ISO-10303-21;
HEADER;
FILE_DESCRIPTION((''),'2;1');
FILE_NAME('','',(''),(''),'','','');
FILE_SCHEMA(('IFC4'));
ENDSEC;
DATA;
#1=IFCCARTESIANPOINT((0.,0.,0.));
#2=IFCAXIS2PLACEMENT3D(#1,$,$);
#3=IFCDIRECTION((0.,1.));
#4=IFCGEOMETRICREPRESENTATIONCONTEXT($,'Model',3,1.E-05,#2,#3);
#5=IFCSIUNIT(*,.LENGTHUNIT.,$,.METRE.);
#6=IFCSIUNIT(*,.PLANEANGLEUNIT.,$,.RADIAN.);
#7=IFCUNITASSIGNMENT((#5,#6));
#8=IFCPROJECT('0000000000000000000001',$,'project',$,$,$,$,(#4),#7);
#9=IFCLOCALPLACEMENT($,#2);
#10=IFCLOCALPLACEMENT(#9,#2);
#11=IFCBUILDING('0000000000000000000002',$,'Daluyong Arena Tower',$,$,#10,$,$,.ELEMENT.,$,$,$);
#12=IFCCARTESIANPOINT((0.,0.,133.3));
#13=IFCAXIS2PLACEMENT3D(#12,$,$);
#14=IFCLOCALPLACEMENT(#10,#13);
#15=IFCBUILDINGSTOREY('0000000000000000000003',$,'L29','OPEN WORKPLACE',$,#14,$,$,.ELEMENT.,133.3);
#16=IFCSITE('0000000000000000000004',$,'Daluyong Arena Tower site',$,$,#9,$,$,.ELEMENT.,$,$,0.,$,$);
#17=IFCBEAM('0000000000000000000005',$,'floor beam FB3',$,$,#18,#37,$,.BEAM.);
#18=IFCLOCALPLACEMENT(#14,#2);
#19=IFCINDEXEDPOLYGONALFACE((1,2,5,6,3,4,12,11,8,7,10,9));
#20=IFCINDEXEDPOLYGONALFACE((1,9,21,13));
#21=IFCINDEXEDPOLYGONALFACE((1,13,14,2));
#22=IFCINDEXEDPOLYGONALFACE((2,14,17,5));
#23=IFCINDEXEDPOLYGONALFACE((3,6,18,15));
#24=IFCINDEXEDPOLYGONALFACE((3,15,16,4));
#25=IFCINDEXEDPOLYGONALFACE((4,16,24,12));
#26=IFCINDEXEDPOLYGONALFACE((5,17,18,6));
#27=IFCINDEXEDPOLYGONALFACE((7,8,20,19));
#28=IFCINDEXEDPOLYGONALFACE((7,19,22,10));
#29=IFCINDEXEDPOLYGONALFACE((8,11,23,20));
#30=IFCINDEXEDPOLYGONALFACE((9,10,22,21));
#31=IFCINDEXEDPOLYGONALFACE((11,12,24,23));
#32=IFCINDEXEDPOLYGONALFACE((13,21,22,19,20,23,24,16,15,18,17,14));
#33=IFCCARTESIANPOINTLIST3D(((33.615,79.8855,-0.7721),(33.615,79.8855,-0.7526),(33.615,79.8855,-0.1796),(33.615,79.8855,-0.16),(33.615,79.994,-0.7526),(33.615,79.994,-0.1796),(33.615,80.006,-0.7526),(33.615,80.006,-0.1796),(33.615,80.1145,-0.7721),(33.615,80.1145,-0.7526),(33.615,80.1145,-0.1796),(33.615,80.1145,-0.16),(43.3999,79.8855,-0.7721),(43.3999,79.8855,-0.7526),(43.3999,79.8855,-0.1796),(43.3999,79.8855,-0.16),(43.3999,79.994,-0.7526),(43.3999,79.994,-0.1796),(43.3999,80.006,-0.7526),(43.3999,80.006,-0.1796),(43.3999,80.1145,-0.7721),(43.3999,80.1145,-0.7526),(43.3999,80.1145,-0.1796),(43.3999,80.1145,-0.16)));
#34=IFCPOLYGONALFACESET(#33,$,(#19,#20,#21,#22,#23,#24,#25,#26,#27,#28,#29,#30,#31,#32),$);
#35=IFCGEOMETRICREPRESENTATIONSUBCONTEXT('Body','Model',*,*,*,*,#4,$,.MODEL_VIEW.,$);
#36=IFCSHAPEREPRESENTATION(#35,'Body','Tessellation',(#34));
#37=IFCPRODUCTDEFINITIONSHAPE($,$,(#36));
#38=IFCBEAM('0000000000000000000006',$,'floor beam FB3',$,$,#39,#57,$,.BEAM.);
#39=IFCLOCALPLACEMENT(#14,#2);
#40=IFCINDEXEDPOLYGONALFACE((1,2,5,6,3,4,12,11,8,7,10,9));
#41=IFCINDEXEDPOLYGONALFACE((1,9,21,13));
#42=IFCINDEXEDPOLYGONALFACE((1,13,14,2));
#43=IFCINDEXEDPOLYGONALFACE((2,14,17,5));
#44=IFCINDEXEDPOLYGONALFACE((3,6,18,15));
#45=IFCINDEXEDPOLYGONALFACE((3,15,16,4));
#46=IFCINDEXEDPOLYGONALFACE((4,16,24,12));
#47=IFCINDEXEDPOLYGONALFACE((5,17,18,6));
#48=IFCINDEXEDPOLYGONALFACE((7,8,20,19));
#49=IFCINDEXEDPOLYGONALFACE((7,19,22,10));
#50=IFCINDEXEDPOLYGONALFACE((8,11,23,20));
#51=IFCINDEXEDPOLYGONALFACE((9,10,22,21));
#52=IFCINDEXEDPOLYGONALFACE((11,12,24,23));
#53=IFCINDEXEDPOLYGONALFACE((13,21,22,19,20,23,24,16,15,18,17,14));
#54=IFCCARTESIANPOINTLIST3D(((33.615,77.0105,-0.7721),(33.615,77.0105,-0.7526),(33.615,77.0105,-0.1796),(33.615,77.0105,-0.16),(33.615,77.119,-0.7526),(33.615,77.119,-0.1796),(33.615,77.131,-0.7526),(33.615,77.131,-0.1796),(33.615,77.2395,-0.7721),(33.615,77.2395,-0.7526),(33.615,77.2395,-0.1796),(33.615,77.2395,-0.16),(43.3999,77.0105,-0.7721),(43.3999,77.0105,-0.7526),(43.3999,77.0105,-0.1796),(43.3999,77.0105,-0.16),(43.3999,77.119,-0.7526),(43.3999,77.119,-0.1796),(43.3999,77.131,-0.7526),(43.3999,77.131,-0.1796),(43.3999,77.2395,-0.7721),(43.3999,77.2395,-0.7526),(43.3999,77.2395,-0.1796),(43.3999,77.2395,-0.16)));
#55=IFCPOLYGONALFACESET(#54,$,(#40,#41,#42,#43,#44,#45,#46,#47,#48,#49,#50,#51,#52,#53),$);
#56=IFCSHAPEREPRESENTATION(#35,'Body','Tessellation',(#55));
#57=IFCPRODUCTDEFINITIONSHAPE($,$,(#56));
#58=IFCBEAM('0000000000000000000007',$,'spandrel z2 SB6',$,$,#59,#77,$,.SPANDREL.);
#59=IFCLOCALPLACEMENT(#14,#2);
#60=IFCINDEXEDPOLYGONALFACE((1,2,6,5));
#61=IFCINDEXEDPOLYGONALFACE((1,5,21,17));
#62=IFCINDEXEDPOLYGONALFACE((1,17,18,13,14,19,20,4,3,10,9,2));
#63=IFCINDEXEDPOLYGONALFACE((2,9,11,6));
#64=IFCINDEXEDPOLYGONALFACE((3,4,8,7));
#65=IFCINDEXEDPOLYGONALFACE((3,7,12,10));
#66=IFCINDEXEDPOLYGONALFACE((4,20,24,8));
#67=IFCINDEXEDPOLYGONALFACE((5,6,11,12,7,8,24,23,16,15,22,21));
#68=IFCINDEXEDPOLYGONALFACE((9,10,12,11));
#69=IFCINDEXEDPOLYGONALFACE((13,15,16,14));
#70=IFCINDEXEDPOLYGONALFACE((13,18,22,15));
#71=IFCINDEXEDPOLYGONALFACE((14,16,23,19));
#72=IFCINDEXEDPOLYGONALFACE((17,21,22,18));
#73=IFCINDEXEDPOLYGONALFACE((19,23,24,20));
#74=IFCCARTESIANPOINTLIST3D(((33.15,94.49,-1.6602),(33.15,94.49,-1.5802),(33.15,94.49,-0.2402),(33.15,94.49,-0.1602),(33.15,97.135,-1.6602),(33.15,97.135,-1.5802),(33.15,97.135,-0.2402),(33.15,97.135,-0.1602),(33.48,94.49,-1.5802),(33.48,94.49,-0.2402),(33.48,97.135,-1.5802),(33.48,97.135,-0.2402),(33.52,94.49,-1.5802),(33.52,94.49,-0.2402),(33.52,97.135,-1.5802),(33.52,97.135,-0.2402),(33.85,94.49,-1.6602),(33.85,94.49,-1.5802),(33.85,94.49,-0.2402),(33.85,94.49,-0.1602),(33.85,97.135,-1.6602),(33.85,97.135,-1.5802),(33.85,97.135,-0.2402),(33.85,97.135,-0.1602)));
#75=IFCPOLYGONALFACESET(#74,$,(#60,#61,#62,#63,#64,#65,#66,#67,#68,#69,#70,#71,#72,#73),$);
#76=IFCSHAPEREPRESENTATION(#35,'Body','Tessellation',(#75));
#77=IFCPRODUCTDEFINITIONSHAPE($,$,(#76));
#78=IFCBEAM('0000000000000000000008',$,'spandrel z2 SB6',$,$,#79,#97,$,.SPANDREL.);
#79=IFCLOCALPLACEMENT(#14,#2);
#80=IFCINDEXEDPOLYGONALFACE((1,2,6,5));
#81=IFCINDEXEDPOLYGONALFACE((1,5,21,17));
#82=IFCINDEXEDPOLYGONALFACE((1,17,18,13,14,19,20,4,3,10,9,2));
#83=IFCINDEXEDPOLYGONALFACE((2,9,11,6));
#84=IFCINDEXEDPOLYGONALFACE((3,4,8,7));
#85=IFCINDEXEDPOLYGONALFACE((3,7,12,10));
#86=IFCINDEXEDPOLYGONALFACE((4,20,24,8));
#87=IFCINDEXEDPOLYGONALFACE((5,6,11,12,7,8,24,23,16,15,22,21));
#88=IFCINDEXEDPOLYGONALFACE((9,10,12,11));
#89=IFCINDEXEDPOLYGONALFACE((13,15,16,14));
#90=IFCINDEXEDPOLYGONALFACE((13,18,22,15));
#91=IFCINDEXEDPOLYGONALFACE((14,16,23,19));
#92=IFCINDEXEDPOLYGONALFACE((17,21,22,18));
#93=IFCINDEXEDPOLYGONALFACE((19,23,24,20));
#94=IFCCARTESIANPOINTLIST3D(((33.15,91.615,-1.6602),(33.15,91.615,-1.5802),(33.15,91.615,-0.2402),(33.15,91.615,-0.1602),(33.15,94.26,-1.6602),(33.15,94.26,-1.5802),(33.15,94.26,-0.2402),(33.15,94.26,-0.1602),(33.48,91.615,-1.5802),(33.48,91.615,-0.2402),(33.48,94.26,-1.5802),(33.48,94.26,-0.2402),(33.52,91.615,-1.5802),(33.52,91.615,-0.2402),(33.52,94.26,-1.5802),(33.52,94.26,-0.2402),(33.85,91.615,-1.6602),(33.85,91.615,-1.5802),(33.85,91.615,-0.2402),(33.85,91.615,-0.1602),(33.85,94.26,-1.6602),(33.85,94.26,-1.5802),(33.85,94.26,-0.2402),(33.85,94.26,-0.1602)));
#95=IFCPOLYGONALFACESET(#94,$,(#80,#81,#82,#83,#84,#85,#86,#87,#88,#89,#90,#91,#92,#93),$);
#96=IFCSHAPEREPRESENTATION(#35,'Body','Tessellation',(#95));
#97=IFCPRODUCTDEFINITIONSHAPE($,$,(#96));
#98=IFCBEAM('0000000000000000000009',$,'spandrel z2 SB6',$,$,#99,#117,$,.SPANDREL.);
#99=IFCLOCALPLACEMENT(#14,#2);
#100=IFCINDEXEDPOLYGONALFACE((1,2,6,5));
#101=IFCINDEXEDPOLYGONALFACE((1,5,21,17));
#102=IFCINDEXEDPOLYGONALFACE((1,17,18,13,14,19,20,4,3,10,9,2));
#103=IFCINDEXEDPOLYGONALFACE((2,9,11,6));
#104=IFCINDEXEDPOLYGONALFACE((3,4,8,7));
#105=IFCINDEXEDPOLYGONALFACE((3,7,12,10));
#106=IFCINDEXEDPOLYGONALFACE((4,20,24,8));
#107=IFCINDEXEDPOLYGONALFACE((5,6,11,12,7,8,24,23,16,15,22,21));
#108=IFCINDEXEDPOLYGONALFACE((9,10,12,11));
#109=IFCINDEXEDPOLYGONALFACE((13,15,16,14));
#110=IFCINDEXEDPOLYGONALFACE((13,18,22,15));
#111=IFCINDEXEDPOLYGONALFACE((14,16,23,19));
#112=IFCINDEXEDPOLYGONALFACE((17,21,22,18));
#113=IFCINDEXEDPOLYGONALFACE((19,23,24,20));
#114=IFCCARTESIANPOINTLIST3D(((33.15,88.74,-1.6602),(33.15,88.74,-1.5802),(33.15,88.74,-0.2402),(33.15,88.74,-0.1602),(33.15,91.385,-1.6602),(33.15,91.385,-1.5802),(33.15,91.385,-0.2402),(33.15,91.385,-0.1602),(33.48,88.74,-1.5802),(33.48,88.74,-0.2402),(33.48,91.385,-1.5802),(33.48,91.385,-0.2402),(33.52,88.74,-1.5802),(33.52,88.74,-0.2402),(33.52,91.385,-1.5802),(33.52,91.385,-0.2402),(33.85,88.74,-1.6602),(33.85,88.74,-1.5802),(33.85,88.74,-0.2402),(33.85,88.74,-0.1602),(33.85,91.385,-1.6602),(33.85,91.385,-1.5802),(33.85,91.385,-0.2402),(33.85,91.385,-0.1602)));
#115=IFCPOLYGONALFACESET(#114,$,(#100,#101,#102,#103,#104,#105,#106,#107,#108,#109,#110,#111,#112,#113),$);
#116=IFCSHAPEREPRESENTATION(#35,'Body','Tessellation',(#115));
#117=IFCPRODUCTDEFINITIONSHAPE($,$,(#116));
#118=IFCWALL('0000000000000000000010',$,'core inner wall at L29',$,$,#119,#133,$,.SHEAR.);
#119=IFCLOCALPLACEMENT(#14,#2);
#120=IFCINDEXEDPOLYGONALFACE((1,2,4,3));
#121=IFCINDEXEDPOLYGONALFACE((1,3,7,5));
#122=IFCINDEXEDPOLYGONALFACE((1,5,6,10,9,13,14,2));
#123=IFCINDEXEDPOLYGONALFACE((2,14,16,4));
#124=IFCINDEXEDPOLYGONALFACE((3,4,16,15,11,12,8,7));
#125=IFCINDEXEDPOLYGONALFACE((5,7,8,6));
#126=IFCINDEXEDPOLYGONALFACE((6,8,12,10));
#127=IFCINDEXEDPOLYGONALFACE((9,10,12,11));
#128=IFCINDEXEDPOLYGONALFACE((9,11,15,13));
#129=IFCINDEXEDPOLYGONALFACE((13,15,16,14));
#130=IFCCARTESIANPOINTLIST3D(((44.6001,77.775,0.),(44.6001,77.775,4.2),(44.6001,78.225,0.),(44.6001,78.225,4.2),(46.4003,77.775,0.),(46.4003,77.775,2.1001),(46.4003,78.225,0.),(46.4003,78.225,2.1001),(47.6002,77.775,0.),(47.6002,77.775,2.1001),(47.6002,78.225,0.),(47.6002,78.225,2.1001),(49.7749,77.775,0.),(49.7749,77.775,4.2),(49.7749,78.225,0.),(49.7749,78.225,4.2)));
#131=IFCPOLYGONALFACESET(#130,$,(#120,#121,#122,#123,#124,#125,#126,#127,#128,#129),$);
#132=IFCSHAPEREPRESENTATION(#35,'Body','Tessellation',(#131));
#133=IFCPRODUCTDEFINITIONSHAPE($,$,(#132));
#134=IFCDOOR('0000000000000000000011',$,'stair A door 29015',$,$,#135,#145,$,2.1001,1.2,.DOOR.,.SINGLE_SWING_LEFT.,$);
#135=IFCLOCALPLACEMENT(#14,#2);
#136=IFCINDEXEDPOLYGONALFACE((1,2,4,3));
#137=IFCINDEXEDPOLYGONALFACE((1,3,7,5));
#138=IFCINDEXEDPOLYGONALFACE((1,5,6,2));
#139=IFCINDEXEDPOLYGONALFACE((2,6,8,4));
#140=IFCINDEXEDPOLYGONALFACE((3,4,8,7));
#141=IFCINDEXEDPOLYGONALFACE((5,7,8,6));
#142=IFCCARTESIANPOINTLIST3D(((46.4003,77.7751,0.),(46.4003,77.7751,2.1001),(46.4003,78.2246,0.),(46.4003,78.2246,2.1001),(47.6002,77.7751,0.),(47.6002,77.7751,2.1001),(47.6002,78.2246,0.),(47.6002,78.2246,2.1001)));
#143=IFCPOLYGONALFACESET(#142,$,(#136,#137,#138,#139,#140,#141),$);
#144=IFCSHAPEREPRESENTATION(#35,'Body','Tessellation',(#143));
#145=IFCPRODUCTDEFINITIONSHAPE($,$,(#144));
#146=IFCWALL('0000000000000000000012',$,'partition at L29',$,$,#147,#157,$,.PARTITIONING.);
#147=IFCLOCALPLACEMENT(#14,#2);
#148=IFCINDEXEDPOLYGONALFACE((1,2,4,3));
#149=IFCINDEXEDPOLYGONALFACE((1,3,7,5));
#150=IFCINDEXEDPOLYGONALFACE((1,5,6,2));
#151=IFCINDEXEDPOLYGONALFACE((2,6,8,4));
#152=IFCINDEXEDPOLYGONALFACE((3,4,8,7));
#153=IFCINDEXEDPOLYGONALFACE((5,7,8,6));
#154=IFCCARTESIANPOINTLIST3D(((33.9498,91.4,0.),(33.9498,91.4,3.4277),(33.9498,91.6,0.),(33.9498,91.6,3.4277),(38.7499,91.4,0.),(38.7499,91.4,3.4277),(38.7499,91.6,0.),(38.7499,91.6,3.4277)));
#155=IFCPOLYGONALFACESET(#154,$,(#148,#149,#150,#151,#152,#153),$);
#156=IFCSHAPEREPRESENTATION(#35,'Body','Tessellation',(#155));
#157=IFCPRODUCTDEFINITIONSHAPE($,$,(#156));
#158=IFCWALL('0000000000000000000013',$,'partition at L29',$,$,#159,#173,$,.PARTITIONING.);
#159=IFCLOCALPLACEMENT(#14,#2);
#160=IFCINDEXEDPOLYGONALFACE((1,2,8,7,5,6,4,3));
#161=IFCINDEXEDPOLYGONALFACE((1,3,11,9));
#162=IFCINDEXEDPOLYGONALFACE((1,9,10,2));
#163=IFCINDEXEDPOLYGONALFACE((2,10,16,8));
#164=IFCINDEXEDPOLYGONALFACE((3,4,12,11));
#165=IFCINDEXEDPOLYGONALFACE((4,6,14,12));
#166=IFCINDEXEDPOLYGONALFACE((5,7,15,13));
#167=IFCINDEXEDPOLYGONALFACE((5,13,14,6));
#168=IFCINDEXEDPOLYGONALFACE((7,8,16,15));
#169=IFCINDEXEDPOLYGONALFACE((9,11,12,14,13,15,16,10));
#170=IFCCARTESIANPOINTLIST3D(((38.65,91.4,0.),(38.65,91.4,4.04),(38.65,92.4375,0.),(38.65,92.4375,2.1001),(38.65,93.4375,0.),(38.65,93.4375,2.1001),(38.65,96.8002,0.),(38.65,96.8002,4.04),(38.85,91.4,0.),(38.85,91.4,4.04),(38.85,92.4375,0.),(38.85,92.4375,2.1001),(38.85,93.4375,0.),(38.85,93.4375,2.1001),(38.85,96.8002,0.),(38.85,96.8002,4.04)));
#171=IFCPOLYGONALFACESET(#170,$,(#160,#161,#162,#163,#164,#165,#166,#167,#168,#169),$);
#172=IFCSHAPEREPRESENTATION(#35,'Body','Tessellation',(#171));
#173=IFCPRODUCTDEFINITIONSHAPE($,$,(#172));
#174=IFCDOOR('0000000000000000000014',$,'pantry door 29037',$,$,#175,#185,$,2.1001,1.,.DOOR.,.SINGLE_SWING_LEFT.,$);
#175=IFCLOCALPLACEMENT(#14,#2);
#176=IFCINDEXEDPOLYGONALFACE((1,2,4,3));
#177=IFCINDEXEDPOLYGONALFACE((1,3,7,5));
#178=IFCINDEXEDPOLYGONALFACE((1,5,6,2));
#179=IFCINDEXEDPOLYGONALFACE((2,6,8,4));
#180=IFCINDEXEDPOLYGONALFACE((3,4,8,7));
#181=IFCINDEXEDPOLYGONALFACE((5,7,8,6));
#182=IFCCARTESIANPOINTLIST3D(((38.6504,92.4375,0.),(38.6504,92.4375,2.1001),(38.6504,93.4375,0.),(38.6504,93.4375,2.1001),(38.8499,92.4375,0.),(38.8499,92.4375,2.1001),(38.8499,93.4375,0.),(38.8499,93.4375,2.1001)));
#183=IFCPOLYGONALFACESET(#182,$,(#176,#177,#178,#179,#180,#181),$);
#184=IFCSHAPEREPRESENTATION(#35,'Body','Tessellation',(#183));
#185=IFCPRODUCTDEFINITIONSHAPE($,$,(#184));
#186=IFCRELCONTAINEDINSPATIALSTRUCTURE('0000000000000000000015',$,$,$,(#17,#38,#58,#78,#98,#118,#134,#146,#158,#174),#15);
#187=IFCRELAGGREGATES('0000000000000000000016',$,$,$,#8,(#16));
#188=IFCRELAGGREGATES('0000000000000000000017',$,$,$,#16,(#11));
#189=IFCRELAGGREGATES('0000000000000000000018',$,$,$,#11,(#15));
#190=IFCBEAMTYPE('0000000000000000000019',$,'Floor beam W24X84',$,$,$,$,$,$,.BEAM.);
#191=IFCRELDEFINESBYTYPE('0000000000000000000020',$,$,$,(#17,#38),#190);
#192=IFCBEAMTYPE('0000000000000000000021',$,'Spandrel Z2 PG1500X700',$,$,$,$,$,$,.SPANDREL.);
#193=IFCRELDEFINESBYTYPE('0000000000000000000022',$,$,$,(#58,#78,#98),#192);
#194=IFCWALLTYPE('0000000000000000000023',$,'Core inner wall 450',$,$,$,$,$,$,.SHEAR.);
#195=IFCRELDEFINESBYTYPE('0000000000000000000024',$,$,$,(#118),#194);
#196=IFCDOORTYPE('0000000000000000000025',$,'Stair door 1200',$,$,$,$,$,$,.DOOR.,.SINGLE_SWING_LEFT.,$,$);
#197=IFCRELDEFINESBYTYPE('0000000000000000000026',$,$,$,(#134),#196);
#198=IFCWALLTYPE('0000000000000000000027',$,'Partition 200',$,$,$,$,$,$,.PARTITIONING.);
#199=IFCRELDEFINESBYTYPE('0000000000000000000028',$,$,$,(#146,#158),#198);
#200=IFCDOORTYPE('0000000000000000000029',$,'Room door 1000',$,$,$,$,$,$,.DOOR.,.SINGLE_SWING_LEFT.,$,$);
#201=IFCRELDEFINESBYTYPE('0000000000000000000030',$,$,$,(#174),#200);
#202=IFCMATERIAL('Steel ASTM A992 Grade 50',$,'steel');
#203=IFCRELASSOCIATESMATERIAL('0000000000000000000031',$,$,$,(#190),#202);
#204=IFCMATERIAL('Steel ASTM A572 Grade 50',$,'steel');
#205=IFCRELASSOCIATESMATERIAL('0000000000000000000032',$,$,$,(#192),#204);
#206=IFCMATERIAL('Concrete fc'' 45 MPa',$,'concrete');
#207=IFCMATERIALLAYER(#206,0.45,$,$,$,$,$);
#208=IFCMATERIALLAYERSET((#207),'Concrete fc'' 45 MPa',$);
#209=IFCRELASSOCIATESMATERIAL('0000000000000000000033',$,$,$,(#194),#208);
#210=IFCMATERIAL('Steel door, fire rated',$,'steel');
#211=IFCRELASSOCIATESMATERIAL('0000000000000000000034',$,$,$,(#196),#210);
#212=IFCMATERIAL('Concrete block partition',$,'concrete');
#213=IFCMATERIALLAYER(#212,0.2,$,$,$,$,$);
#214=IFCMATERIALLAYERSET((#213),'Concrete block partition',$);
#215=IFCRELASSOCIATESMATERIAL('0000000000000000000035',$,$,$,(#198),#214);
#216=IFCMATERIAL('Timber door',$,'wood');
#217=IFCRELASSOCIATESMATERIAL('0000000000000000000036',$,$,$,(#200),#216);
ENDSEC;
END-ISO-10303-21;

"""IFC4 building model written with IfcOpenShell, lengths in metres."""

from ifc_helpers import new_model, si_unit, direction, frame, frame_2d, origin, origin_2d, place, context, subcontext, project, spatial, rectangle, i_section, extrude, material, layer, layer_set, material_profile, profile_set, type_object, element, fill, save


model = new_model("IFC4")

# Units and contexts
model_context = context("Model", 3, precision=1e-05, world=origin(), true_north=direction((0.0, 1.0)))
body_context = subcontext(model_context, "Body", "Model", "MODEL_VIEW")
ifc_project = project(units=[si_unit("LENGTHUNIT", "METRE"), si_unit("PLANEANGLEUNIT", "RADIAN")], contexts=[model_context])

# Site, building, storey
site_placement = place(None, origin())
site = spatial("IfcSite", under=ifc_project, at=site_placement, Name="Daluyong Arena Tower site", CompositionType="ELEMENT", RefElevation=0.0)
building_placement = place(site_placement, origin())
building = spatial("IfcBuilding", under=site, at=building_placement, Name="Daluyong Arena Tower", CompositionType="ELEMENT")
storey_placement = place(building_placement, frame((0.0, 0.0, 133.3)))
storey = spatial("IfcBuildingStorey", under=building, at=storey_placement, Name="L29", Description="OPEN WORKPLACE", CompositionType="ELEMENT", Elevation=133.3)

# Beams
ifc_material_1 = material(Name="Steel ASTM A992 Grade 50", Category="steel")
ifc_material_profile_1 = material_profile(ifc_material_1, i_section(OverallWidth=0.229, OverallDepth=0.6121, WebThickness=0.012, FlangeThickness=0.0195, at=origin_2d()))
ifc_profile_set_1 = profile_set([ifc_material_profile_1], Name="Steel ASTM A992 Grade 50")
beam_type_1 = type_object("IfcBeamType", Name="Floor beam W24X84", PredefinedType="BEAM", material=ifc_profile_set_1)
for number, where, z_axis, x_axis, name in (
    (1, (33.615, 80.0, -0.4661), (1.0, 0.0, 0.0), (0.0, 1.0, 0.0), "floor beam FB3"),
    (2, (33.615, 77.125, -0.4661), (1.0, 0.0, 0.0), (0.0, 1.0, 0.0), "floor beam FB3"),
):
    element("IfcBeam", number, at=place(storey_placement, frame(where, z_axis=z_axis, x_axis=x_axis)), inside=storey, type_object=beam_type_1, Name=name, PredefinedType="BEAM", context=body_context, shape_type="SweptSolid", body=[
        extrude(i_section(OverallWidth=0.229, OverallDepth=0.6121, WebThickness=0.012, FlangeThickness=0.0195, at=origin_2d()), origin(), (0.0, 0.0, 1.0), 9.7849),
    ])
ifc_material_2 = material(Name="Steel ASTM A572 Grade 50", Category="steel")
ifc_material_profile_2 = material_profile(ifc_material_2, i_section(OverallWidth=0.7, OverallDepth=1.5, WebThickness=0.04, FlangeThickness=0.08, at=origin_2d()))
ifc_profile_set_2 = profile_set([ifc_material_profile_2], Name="Steel ASTM A572 Grade 50")
beam_type_2 = type_object("IfcBeamType", Name="Spandrel Z2 PG1500X700", PredefinedType="SPANDREL", material=ifc_profile_set_2)
for number, where, z_axis, x_axis, name in (
    (3, (33.5, 97.135, -0.9102), (0.0, -1.0, 0.0), (1.0, 0.0, 0.0), "spandrel z2 SB6"),
    (4, (33.5, 94.26, -0.9102), (0.0, -1.0, 0.0), (1.0, 0.0, 0.0), "spandrel z2 SB6"),
    (5, (33.5, 91.385, -0.9102), (0.0, -1.0, 0.0), (1.0, 0.0, 0.0), "spandrel z2 SB6"),
):
    element("IfcBeam", number, at=place(storey_placement, frame(where, z_axis=z_axis, x_axis=x_axis)), inside=storey, type_object=beam_type_2, Name=name, PredefinedType="SPANDREL", context=body_context, shape_type="SweptSolid", body=[
        extrude(i_section(OverallWidth=0.7, OverallDepth=1.5, WebThickness=0.04, FlangeThickness=0.08, at=origin_2d()), origin(), (0.0, 0.0, 1.0), 2.645),
    ])

# Wall, opening, door
ifc_material_3 = material(Name="Concrete fc' 45 MPa", Category="concrete")
ifc_layer_1 = layer(ifc_material_3, 0.45)
ifc_layer_set_1 = layer_set([ifc_layer_1], Name="Concrete fc' 45 MPa")
wall_type_1 = type_object("IfcWallType", Name="Core inner wall 450", PredefinedType="SHEAR", material=ifc_layer_set_1)
wall_1_placement = place(storey_placement, frame((44.6001, 78.0, 0.0), z_axis=(0.0, 0.0, 1.0), x_axis=(1.0, 0.0, 0.0)))
wall_1 = element("IfcWall", 6, at=wall_1_placement, inside=storey, type_object=wall_type_1, Name="core inner wall at L29", PredefinedType="SHEAR", context=body_context, shape_type="SweptSolid", body=[
    extrude(rectangle(XDim=5.1748, YDim=0.45, at=frame_2d((2.5874, 0.0))), origin(), (0.0, 0.0, 1.0), 4.2),
])
opening_1_placement = place(wall_1_placement, frame((1.8, 0.0, 0.0)))
opening_1 = element("IfcOpeningElement", 7, at=opening_1_placement, cuts=wall_1, PredefinedType="OPENING", context=body_context, shape_type="SweptSolid", body=[
    extrude(rectangle(XDim=1.2, YDim=2.1001, at=frame_2d((0.6001, 1.05))), frame((0.0, 0.2349, 0.0), z_axis=(0.0, -1.0, 0.0), x_axis=(1.0, 0.0, 0.0)), (0.0, 0.0, 1.0), 0.47),
])
ifc_material_4 = material(Name="Steel door, fire rated", Category="steel")
door_type_1 = type_object("IfcDoorType", Name="Stair door 1200", OperationType="SINGLE_SWING_LEFT", PredefinedType="DOOR", material=ifc_material_4)
door_1_placement = place(opening_1_placement, origin())
door_1 = element("IfcDoor", 8, at=door_1_placement, inside=storey, type_object=door_type_1, Name="stair A door 29015", OperationType="SINGLE_SWING_LEFT", OverallHeight=2.1001, OverallWidth=1.2, PredefinedType="DOOR", context=body_context, shape_type="SweptSolid", body=[
    extrude(rectangle(XDim=1.2, YDim=2.1001, at=frame_2d((0.6001, 1.05))), frame((0.0, 0.2246, 0.0), z_axis=(0.0, -1.0, 0.0), x_axis=(1.0, 0.0, 0.0)), (0.0, 0.0, 1.0), 0.4495),
])
fill(opening_1, door_1)

# Wall
ifc_material_5 = material(Name="Concrete block partition", Category="concrete")
ifc_layer_2 = layer(ifc_material_5, 0.2)
ifc_layer_set_2 = layer_set([ifc_layer_2], Name="Concrete block partition")
wall_type_2 = type_object("IfcWallType", Name="Partition 200", PredefinedType="PARTITIONING", material=ifc_layer_set_2)
wall_2_placement = place(storey_placement, frame((33.95, 91.5, 0.0), z_axis=(0.0, 0.0, 1.0), x_axis=(1.0, 0.0, 0.0)))
element("IfcWall", 9, at=wall_2_placement, inside=storey, type_object=wall_type_2, Name="partition at L29", PredefinedType="PARTITIONING", context=body_context, shape_type="SweptSolid", body=[
    extrude(rectangle(XDim=4.8, YDim=0.2, at=frame_2d((2.3999, 0.0))), origin(), (0.0, 0.0, 1.0), 3.4277),
])

# Wall, opening, door
wall_3_placement = place(storey_placement, frame((38.75, 91.3999, 0.0), z_axis=(0.0, 0.0, 1.0), x_axis=(0.0, 1.0, 0.0)))
wall_3 = element("IfcWall", 10, at=wall_3_placement, inside=storey, type_object=wall_type_2, Name="partition at L29", PredefinedType="PARTITIONING", context=body_context, shape_type="SweptSolid", body=[
    extrude(rectangle(XDim=5.4001, YDim=0.2, at=frame_2d((2.7002, 0.0))), origin(), (0.0, 0.0, 1.0), 4.04),
])
opening_2_placement = place(wall_3_placement, frame((1.0376, 0.0, 0.0)))
opening_2 = element("IfcOpeningElement", 11, at=opening_2_placement, cuts=wall_3, PredefinedType="OPENING", context=body_context, shape_type="SweptSolid", body=[
    extrude(rectangle(XDim=1.0, YDim=2.1001, at=frame_2d((0.5, 1.05))), frame((0.0, 0.1099, 0.0), z_axis=(0.0, -1.0, 0.0), x_axis=(1.0, 0.0, 0.0)), (0.0, 0.0, 1.0), 0.22),
])
ifc_material_6 = material(Name="Timber door", Category="wood")
door_type_2 = type_object("IfcDoorType", Name="Room door 1000", OperationType="SINGLE_SWING_LEFT", PredefinedType="DOOR", material=ifc_material_6)
door_2_placement = place(opening_2_placement, origin())
door_2 = element("IfcDoor", 12, at=door_2_placement, inside=storey, type_object=door_type_2, Name="pantry door 29037", OperationType="SINGLE_SWING_LEFT", OverallHeight=2.1001, OverallWidth=1.0, PredefinedType="DOOR", context=body_context, shape_type="SweptSolid", body=[
    extrude(rectangle(XDim=1.0, YDim=2.1001, at=frame_2d((0.5, 1.05))), frame((0.0, 0.0996, 0.0), z_axis=(0.0, -1.0, 0.0), x_axis=(1.0, 0.0, 0.0)), (0.0, 0.0, 1.0), 0.1995),
])
fill(opening_2, door_2)

save(model, "model.ifc")
